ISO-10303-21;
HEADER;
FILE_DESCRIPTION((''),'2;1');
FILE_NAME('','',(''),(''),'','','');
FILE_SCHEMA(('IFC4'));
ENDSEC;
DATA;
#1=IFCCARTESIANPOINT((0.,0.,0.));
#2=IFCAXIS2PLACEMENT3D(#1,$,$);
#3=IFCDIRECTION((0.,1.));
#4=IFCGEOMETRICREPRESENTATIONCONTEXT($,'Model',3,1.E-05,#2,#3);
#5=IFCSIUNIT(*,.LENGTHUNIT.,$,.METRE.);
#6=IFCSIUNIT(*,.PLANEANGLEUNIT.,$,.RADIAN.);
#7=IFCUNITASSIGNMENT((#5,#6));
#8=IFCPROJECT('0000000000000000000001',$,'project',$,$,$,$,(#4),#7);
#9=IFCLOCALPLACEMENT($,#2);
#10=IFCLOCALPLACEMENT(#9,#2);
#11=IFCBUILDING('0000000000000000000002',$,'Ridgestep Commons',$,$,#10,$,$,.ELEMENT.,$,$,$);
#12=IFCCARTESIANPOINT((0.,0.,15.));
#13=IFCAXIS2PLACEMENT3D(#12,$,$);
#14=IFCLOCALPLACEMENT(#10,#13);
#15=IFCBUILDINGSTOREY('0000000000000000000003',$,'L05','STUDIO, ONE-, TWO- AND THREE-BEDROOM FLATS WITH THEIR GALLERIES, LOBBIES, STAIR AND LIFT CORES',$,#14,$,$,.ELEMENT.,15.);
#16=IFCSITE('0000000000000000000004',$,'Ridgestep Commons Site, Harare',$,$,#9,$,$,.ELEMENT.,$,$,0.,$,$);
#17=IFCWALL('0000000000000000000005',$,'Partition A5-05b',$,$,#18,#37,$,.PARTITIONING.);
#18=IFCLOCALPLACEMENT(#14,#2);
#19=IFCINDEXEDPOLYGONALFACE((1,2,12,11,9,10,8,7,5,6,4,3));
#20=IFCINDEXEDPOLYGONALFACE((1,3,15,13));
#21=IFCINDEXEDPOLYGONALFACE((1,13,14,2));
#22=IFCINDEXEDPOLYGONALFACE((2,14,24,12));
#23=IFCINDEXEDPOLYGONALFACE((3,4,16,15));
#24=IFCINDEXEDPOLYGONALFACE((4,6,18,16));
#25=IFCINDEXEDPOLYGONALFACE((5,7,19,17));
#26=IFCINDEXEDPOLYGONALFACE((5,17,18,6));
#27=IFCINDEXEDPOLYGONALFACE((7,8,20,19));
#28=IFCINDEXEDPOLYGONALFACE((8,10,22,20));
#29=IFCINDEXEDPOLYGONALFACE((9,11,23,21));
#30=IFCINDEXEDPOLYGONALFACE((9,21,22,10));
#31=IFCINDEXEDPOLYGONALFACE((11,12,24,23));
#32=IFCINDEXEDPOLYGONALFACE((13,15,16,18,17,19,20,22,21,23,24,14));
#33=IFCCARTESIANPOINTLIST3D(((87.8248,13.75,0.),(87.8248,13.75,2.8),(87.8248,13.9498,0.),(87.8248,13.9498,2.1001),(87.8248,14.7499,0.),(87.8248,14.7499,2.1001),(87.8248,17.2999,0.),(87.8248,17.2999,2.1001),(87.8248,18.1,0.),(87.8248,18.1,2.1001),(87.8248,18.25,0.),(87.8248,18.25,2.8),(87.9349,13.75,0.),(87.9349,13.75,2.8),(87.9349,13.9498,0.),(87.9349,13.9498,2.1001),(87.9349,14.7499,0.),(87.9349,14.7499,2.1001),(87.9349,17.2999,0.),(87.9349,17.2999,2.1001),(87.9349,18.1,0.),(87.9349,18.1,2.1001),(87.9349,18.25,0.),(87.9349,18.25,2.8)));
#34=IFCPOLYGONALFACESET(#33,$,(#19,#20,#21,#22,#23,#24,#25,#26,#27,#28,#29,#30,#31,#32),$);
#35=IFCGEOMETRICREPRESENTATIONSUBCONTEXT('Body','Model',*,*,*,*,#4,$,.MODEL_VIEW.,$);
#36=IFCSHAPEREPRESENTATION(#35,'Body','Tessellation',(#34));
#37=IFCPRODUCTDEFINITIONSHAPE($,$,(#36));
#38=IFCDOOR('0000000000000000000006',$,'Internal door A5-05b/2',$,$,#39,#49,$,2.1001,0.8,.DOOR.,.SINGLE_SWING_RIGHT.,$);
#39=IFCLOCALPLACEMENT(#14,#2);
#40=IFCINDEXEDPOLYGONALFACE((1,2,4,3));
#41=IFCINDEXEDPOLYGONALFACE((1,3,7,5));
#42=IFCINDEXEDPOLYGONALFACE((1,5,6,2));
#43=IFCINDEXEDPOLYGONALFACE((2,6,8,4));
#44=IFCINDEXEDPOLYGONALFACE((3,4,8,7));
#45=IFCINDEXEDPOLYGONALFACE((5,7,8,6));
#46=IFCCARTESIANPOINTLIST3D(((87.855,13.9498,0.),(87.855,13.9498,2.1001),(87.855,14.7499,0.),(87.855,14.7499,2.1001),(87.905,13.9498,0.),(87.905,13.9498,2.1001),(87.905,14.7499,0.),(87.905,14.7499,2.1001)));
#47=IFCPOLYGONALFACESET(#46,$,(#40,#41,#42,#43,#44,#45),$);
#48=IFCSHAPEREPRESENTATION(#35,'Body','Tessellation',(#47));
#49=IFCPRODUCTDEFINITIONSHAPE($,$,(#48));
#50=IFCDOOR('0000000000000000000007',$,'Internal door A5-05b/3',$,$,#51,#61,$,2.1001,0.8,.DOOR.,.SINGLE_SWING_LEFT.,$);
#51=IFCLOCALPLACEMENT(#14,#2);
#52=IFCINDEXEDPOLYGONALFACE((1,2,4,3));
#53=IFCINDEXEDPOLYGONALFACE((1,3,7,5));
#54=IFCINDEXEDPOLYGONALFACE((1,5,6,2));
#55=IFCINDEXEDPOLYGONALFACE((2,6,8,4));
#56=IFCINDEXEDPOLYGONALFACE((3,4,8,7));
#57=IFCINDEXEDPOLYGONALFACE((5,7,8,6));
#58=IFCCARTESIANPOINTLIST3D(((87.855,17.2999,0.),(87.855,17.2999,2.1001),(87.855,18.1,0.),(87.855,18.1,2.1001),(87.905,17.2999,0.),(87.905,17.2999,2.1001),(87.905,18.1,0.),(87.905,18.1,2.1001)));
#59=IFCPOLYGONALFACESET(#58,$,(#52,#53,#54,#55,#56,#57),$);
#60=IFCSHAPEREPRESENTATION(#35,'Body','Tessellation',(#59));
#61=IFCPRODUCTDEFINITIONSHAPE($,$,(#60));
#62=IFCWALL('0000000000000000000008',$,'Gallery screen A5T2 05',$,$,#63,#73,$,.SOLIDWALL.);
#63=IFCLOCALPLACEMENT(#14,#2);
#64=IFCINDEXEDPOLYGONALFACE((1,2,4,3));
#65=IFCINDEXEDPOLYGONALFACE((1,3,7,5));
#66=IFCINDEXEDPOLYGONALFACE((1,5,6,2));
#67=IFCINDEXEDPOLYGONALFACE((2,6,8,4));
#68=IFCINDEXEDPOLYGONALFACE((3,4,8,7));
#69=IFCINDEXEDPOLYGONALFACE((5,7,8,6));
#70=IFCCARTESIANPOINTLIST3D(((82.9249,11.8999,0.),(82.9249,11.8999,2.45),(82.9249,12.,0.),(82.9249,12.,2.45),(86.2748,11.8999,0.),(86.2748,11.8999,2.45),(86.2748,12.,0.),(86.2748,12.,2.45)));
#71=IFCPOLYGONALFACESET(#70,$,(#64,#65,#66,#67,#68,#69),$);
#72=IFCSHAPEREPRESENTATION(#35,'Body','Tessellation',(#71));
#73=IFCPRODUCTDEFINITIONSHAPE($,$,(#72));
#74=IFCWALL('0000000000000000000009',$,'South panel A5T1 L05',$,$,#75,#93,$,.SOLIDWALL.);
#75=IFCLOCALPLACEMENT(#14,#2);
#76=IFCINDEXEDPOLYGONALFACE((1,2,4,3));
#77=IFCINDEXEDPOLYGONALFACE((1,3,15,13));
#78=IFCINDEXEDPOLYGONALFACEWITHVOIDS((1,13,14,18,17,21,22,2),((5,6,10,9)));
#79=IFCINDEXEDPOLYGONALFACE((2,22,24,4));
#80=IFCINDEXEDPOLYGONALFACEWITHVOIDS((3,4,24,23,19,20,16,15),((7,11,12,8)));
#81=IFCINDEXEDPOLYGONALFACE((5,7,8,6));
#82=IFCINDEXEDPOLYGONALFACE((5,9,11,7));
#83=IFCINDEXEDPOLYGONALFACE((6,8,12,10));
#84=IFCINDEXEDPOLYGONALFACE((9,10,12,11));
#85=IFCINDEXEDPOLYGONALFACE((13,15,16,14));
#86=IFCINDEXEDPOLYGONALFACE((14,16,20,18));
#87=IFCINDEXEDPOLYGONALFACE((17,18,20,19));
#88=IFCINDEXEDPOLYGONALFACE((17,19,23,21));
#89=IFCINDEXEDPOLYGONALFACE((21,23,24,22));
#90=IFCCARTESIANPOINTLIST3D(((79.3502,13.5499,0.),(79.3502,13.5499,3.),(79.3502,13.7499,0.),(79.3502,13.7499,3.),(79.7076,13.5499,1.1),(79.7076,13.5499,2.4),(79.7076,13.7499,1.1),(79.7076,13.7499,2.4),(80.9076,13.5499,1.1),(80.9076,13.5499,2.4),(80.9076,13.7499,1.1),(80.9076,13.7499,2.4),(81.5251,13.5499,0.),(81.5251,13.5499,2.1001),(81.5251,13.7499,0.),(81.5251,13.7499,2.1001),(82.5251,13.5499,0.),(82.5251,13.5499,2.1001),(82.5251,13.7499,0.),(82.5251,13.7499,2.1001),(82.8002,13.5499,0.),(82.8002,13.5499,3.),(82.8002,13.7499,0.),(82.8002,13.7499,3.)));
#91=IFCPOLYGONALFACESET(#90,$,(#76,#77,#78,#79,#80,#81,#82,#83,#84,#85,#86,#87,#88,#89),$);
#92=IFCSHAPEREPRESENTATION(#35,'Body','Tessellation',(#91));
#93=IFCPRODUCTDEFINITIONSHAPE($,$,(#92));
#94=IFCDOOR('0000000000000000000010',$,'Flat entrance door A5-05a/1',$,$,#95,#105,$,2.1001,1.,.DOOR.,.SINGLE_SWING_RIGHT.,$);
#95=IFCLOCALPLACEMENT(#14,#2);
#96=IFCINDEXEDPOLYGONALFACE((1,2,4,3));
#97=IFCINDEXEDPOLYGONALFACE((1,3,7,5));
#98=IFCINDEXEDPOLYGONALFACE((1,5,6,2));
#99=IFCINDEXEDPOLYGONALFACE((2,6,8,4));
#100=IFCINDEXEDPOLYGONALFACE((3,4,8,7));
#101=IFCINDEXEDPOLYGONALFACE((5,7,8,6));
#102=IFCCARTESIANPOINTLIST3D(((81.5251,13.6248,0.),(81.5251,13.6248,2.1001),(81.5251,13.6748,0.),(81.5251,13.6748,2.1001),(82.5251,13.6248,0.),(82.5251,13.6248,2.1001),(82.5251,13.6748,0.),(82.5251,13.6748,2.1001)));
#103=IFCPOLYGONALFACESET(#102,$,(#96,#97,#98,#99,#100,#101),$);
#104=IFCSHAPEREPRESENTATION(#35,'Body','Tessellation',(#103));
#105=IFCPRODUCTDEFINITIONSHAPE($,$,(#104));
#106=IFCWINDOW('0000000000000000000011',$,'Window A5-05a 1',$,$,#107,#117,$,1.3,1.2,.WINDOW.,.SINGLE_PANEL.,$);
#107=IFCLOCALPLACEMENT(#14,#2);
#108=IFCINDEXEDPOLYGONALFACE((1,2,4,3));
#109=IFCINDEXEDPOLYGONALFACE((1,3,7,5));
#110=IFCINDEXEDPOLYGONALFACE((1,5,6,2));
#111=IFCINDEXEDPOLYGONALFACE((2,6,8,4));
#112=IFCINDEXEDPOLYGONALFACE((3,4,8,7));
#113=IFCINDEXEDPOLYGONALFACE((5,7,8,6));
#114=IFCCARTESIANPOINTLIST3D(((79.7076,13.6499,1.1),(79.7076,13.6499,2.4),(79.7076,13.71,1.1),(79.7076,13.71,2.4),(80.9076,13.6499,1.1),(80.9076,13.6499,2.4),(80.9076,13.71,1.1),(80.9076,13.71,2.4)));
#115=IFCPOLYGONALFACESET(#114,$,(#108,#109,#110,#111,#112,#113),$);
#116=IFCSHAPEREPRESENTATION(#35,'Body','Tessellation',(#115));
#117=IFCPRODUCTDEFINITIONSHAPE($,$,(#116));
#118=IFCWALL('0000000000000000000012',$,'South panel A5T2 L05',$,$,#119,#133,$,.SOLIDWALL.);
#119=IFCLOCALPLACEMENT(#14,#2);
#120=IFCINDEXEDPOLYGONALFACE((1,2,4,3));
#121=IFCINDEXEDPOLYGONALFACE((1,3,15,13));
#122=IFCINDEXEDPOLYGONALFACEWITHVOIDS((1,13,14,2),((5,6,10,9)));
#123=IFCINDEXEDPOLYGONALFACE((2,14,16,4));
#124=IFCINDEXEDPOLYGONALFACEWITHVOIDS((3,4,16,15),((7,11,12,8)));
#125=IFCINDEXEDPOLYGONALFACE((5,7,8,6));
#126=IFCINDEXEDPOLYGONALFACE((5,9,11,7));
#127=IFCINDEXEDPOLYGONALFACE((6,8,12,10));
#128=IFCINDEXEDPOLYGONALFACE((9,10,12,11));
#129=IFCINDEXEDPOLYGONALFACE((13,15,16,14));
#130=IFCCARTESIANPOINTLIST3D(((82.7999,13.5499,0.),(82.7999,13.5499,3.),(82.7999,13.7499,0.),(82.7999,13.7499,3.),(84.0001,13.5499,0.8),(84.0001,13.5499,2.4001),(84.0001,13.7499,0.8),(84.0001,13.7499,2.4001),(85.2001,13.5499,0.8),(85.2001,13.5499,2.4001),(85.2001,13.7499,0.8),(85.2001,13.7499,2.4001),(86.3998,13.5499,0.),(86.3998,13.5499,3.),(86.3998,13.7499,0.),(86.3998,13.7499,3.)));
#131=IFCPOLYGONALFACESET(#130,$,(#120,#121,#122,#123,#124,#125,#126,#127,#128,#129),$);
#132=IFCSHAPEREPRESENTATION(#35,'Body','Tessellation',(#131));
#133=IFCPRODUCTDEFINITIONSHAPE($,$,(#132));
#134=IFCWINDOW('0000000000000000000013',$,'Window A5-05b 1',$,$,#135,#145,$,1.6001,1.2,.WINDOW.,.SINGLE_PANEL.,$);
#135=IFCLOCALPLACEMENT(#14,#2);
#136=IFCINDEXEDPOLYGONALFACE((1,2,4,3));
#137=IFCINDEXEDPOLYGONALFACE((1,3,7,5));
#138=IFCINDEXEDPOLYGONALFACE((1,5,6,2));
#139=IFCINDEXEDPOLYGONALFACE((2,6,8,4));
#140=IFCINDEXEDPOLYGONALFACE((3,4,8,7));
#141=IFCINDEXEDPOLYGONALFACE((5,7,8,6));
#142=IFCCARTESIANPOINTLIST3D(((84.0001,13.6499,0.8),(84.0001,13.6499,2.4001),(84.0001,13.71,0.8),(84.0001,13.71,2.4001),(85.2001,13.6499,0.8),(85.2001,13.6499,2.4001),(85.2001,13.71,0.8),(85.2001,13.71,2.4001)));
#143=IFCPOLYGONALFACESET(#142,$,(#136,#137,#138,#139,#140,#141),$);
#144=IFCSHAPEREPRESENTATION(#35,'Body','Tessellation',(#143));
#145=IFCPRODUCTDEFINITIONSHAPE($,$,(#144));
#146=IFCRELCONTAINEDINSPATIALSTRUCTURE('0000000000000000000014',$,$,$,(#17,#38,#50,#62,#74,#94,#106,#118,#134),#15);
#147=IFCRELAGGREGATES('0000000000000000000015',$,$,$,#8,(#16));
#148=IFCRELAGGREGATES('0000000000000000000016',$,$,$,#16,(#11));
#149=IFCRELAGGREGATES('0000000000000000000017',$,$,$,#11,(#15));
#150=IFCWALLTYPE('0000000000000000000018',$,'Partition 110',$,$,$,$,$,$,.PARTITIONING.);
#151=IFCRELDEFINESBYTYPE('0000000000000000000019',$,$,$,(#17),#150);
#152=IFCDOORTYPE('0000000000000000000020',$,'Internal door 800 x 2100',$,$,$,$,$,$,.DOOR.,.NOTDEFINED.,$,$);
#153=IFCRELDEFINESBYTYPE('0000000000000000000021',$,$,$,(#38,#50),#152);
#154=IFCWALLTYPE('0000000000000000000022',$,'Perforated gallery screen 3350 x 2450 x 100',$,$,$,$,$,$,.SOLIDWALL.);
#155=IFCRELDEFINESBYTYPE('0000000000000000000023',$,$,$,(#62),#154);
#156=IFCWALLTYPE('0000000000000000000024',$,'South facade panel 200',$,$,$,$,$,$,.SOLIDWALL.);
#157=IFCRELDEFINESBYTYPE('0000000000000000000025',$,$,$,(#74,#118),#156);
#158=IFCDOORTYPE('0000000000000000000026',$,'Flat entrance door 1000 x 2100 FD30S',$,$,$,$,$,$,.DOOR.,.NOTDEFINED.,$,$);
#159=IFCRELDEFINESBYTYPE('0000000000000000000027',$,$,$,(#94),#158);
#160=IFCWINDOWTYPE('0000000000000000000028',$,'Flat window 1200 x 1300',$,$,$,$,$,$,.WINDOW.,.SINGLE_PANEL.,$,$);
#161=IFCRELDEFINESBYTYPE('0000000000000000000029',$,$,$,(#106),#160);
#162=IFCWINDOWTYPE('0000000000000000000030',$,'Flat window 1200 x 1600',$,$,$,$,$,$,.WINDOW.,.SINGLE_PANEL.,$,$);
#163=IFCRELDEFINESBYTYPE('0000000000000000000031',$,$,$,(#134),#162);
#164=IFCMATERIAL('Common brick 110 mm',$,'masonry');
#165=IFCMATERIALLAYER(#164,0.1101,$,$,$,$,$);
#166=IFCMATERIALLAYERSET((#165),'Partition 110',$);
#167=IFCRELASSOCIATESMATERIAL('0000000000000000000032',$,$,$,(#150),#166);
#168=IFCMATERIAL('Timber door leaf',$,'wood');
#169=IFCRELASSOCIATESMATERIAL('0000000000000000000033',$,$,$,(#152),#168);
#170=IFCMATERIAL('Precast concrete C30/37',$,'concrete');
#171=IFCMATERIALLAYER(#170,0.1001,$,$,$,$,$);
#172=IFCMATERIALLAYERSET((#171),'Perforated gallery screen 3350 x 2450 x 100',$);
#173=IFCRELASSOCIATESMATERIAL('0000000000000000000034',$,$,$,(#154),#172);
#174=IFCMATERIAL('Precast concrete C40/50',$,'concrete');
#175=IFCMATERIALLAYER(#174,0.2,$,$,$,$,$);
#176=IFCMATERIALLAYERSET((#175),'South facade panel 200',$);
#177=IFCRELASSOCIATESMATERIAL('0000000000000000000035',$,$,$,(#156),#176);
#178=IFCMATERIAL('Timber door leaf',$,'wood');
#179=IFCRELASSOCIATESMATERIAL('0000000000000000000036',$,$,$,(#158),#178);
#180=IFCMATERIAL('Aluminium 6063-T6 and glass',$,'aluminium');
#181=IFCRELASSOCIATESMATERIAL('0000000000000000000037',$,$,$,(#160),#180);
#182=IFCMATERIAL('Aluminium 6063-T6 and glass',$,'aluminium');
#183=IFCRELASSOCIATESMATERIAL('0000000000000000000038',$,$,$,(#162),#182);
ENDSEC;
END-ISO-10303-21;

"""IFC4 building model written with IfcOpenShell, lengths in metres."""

from ifc_helpers import new_model, si_unit, direction, frame, frame_2d, origin, place, context, subcontext, project, spatial, rectangle, extrude, material, layer, layer_set, type_object, element, fill, save


model = new_model("IFC4")

# Units and contexts
model_context = context("Model", 3, precision=1e-05, world=origin(), true_north=direction((0.0, 1.0)))
body_context = subcontext(model_context, "Body", "Model", "MODEL_VIEW")
ifc_project = project(units=[si_unit("LENGTHUNIT", "METRE"), si_unit("PLANEANGLEUNIT", "RADIAN")], contexts=[model_context])

# Site, building, storey
site_placement = place(None, origin())
site = spatial("IfcSite", under=ifc_project, at=site_placement, Name="Ridgestep Commons Site, Harare", CompositionType="ELEMENT", RefElevation=0.0)
building_placement = place(site_placement, origin())
building = spatial("IfcBuilding", under=site, at=building_placement, Name="Ridgestep Commons", CompositionType="ELEMENT")
storey_placement = place(building_placement, frame((0.0, 0.0, 15.0)))
storey = spatial("IfcBuildingStorey", under=building, at=storey_placement, Name="L05", Description="STUDIO, ONE-, TWO- AND THREE-BEDROOM FLATS WITH THEIR GALLERIES, LOBBIES, STAIR AND LIFT CORES", CompositionType="ELEMENT", Elevation=15.0)

# Wall, openings, doors
ifc_material_1 = material(Name="Common brick 110 mm", Category="masonry")
ifc_layer_1 = layer(ifc_material_1, 0.1101)
ifc_layer_set_1 = layer_set([ifc_layer_1], Name="Partition 110")
wall_type_1 = type_object("IfcWallType", Name="Partition 110", PredefinedType="PARTITIONING", material=ifc_layer_set_1)
ifc_material_2 = material(Name="Timber door leaf", Category="wood")
door_type_1 = type_object("IfcDoorType", Name="Internal door 800 x 2100", OperationType="NOTDEFINED", PredefinedType="DOOR", material=ifc_material_2)
wall_1_placement = place(storey_placement, frame((87.8799, 13.75, 0.0), z_axis=(0.0, 0.0, 1.0), x_axis=(0.0, 1.0, 0.0)))
wall_1 = element("IfcWall", 1, at=wall_1_placement, inside=storey, type_object=wall_type_1, Name="Partition A5-05b", PredefinedType="PARTITIONING", context=body_context, shape_type="SweptSolid", body=[
    extrude(rectangle(XDim=4.5, YDim=0.1101, at=frame_2d((2.25, 0.0))), origin(), (0.0, 0.0, 1.0), 2.8),
])
opening_1_placement = place(wall_1_placement, frame((0.2, 0.0, 0.0)))
opening_1 = element("IfcOpeningElement", 2, at=opening_1_placement, cuts=wall_1, PredefinedType="OPENING", context=body_context, shape_type="SweptSolid", body=[
    extrude(rectangle(XDim=0.8, YDim=2.1001, at=frame_2d((0.3999, 1.05))), frame((0.0, 0.0649, 0.0), z_axis=(0.0, -1.0, 0.0), x_axis=(1.0, 0.0, 0.0)), (0.0, 0.0, 1.0), 0.1301),
])
opening_2_placement = place(wall_1_placement, frame((3.55, 0.0, 0.0)))
opening_2 = element("IfcOpeningElement", 3, at=opening_2_placement, cuts=wall_1, PredefinedType="OPENING", context=body_context, shape_type="SweptSolid", body=[
    extrude(rectangle(XDim=0.8, YDim=2.1001, at=frame_2d((0.3999, 1.05))), frame((0.0, 0.0649, 0.0), z_axis=(0.0, -1.0, 0.0), x_axis=(1.0, 0.0, 0.0)), (0.0, 0.0, 1.0), 0.1301),
])
door_1_placement = place(opening_1_placement, origin())
door_1 = element("IfcDoor", 4, at=door_1_placement, inside=storey, type_object=door_type_1, Name="Internal door A5-05b/2", OperationType="SINGLE_SWING_RIGHT", OverallHeight=2.1001, OverallWidth=0.8, PredefinedType="DOOR", context=body_context, shape_type="SweptSolid", body=[
    extrude(rectangle(XDim=0.8, YDim=2.1001, at=frame_2d((0.3999, 1.05))), frame((0.0, 0.0249, 0.0), z_axis=(0.0, -1.0, 0.0), x_axis=(1.0, 0.0, 0.0)), (0.0, 0.0, 1.0), 0.05),
])
fill(opening_1, door_1)
door_2_placement = place(opening_2_placement, origin())
door_2 = element("IfcDoor", 5, at=door_2_placement, inside=storey, type_object=door_type_1, Name="Internal door A5-05b/3", OperationType="SINGLE_SWING_LEFT", OverallHeight=2.1001, OverallWidth=0.8, PredefinedType="DOOR", context=body_context, shape_type="SweptSolid", body=[
    extrude(rectangle(XDim=0.8, YDim=2.1001, at=frame_2d((0.3999, 1.05))), frame((0.0, 0.0249, 0.0), z_axis=(0.0, -1.0, 0.0), x_axis=(1.0, 0.0, 0.0)), (0.0, 0.0, 1.0), 0.05),
])
fill(opening_2, door_2)

# Wall
ifc_material_3 = material(Name="Precast concrete C30/37", Category="concrete")
ifc_layer_2 = layer(ifc_material_3, 0.1001)
ifc_layer_set_2 = layer_set([ifc_layer_2], Name="Perforated gallery screen 3350 x 2450 x 100")
wall_type_2 = type_object("IfcWallType", Name="Perforated gallery screen 3350 x 2450 x 100", PredefinedType="SOLIDWALL", material=ifc_layer_set_2)
wall_2_placement = place(storey_placement, frame((82.925, 11.95, 0.0), z_axis=(0.0, 0.0, 1.0), x_axis=(1.0, 0.0, 0.0)))
element("IfcWall", 6, at=wall_2_placement, inside=storey, type_object=wall_type_2, Name="Gallery screen A5T2 05", PredefinedType="SOLIDWALL", context=body_context, shape_type="SweptSolid", body=[
    extrude(rectangle(XDim=3.3499, YDim=0.1001, at=frame_2d((1.6748, 0.0))), origin(), (0.0, 0.0, 1.0), 2.45),
])

# Wall, openings, door, window
ifc_material_4 = material(Name="Precast concrete C40/50", Category="concrete")
ifc_layer_3 = layer(ifc_material_4, 0.2)
ifc_layer_set_3 = layer_set([ifc_layer_3], Name="South facade panel 200")
wall_type_3 = type_object("IfcWallType", Name="South facade panel 200", PredefinedType="SOLIDWALL", material=ifc_layer_set_3)
wall_3_placement = place(storey_placement, frame((79.3501, 13.6499, 0.0), z_axis=(0.0, 0.0, 1.0), x_axis=(1.0, 0.0, 0.0)))
wall_3 = element("IfcWall", 7, at=wall_3_placement, inside=storey, type_object=wall_type_3, Name="South panel A5T1 L05", PredefinedType="SOLIDWALL", context=body_context, shape_type="SweptSolid", body=[
    extrude(rectangle(XDim=3.45, YDim=0.2, at=frame_2d((1.7251, 0.0))), origin(), (0.0, 0.0, 1.0), 3.0),
])
opening_3_placement = place(wall_3_placement, frame((0.3574, 0.0, 1.1001)))
opening_3 = element("IfcOpeningElement", 8, at=opening_3_placement, cuts=wall_3, PredefinedType="OPENING", context=body_context, shape_type="SweptSolid", body=[
    extrude(rectangle(XDim=1.2, YDim=1.3, at=frame_2d((0.6001, 0.6499))), frame((0.0, 0.1099, 0.0), z_axis=(0.0, -1.0, 0.0), x_axis=(1.0, 0.0, 0.0)), (0.0, 0.0, 1.0), 0.22),
])
opening_4_placement = place(wall_3_placement, frame((2.175, 0.0, 0.0)))
opening_4 = element("IfcOpeningElement", 9, at=opening_4_placement, cuts=wall_3, PredefinedType="OPENING", context=body_context, shape_type="SweptSolid", body=[
    extrude(rectangle(XDim=1.0, YDim=2.1001, at=frame_2d((0.5, 1.05))), frame((0.0, 0.1099, 0.0), z_axis=(0.0, -1.0, 0.0), x_axis=(1.0, 0.0, 0.0)), (0.0, 0.0, 1.0), 0.22),
])
ifc_material_5 = material(Name="Timber door leaf", Category="wood")
door_type_2 = type_object("IfcDoorType", Name="Flat entrance door 1000 x 2100 FD30S", OperationType="NOTDEFINED", PredefinedType="DOOR", material=ifc_material_5)
door_3_placement = place(opening_4_placement, origin())
door_3 = element("IfcDoor", 10, at=door_3_placement, inside=storey, type_object=door_type_2, Name="Flat entrance door A5-05a/1", OperationType="SINGLE_SWING_RIGHT", OverallHeight=2.1001, OverallWidth=1.0, PredefinedType="DOOR", context=body_context, shape_type="SweptSolid", body=[
    extrude(rectangle(XDim=1.0, YDim=2.1001, at=frame_2d((0.5, 1.05))), frame((0.0, 0.0249, 0.0), z_axis=(0.0, -1.0, 0.0), x_axis=(1.0, 0.0, 0.0)), (0.0, 0.0, 1.0), 0.05),
])
fill(opening_4, door_3)
ifc_material_6 = material(Name="Aluminium 6063-T6 and glass", Category="aluminium")
window_type_1 = type_object("IfcWindowType", Name="Flat window 1200 x 1300", PartitioningType="SINGLE_PANEL", PredefinedType="WINDOW", material=ifc_material_6)
window_1_placement = place(opening_3_placement, origin())
window_1 = element("IfcWindow", 11, at=window_1_placement, inside=storey, type_object=window_type_1, Name="Window A5-05a 1", OverallHeight=1.3, OverallWidth=1.2, PartitioningType="SINGLE_PANEL", PredefinedType="WINDOW", context=body_context, shape_type="SweptSolid", body=[
    extrude(rectangle(XDim=1.2, YDim=1.3, at=frame_2d((0.6001, 0.6499))), frame((0.0, 0.0601, 0.0), z_axis=(0.0, -1.0, 0.0), x_axis=(1.0, 0.0, 0.0)), (0.0, 0.0, 1.0), 0.0601),
])
fill(opening_3, window_1)

# Wall, opening, window
wall_4_placement = place(storey_placement, frame((82.8, 13.6499, 0.0), z_axis=(0.0, 0.0, 1.0), x_axis=(1.0, 0.0, 0.0)))
wall_4 = element("IfcWall", 12, at=wall_4_placement, inside=storey, type_object=wall_type_3, Name="South panel A5T2 L05", PredefinedType="SOLIDWALL", context=body_context, shape_type="SweptSolid", body=[
    extrude(rectangle(XDim=3.5999, YDim=0.2, at=frame_2d((1.7998, 0.0))), origin(), (0.0, 0.0, 1.0), 3.0),
])
opening_5_placement = place(wall_4_placement, frame((1.2, 0.0, 0.8)))
opening_5 = element("IfcOpeningElement", 13, at=opening_5_placement, cuts=wall_4, PredefinedType="OPENING", context=body_context, shape_type="SweptSolid", body=[
    extrude(rectangle(XDim=1.2, YDim=1.6001, at=frame_2d((0.6001, 0.8))), frame((0.0, 0.1099, 0.0), z_axis=(0.0, -1.0, 0.0), x_axis=(1.0, 0.0, 0.0)), (0.0, 0.0, 1.0), 0.22),
])
ifc_material_7 = material(Name="Aluminium 6063-T6 and glass", Category="aluminium")
window_type_2 = type_object("IfcWindowType", Name="Flat window 1200 x 1600", PartitioningType="SINGLE_PANEL", PredefinedType="WINDOW", material=ifc_material_7)
window_2_placement = place(opening_5_placement, origin())
window_2 = element("IfcWindow", 14, at=window_2_placement, inside=storey, type_object=window_type_2, Name="Window A5-05b 1", OverallHeight=1.6001, OverallWidth=1.2, PartitioningType="SINGLE_PANEL", PredefinedType="WINDOW", context=body_context, shape_type="SweptSolid", body=[
    extrude(rectangle(XDim=1.2, YDim=1.6001, at=frame_2d((0.6001, 0.8))), frame((0.0, 0.0601, 0.0), z_axis=(0.0, -1.0, 0.0), x_axis=(1.0, 0.0, 0.0)), (0.0, 0.0, 1.0), 0.0601),
])
fill(opening_5, window_2)

save(model, "model.ifc")
